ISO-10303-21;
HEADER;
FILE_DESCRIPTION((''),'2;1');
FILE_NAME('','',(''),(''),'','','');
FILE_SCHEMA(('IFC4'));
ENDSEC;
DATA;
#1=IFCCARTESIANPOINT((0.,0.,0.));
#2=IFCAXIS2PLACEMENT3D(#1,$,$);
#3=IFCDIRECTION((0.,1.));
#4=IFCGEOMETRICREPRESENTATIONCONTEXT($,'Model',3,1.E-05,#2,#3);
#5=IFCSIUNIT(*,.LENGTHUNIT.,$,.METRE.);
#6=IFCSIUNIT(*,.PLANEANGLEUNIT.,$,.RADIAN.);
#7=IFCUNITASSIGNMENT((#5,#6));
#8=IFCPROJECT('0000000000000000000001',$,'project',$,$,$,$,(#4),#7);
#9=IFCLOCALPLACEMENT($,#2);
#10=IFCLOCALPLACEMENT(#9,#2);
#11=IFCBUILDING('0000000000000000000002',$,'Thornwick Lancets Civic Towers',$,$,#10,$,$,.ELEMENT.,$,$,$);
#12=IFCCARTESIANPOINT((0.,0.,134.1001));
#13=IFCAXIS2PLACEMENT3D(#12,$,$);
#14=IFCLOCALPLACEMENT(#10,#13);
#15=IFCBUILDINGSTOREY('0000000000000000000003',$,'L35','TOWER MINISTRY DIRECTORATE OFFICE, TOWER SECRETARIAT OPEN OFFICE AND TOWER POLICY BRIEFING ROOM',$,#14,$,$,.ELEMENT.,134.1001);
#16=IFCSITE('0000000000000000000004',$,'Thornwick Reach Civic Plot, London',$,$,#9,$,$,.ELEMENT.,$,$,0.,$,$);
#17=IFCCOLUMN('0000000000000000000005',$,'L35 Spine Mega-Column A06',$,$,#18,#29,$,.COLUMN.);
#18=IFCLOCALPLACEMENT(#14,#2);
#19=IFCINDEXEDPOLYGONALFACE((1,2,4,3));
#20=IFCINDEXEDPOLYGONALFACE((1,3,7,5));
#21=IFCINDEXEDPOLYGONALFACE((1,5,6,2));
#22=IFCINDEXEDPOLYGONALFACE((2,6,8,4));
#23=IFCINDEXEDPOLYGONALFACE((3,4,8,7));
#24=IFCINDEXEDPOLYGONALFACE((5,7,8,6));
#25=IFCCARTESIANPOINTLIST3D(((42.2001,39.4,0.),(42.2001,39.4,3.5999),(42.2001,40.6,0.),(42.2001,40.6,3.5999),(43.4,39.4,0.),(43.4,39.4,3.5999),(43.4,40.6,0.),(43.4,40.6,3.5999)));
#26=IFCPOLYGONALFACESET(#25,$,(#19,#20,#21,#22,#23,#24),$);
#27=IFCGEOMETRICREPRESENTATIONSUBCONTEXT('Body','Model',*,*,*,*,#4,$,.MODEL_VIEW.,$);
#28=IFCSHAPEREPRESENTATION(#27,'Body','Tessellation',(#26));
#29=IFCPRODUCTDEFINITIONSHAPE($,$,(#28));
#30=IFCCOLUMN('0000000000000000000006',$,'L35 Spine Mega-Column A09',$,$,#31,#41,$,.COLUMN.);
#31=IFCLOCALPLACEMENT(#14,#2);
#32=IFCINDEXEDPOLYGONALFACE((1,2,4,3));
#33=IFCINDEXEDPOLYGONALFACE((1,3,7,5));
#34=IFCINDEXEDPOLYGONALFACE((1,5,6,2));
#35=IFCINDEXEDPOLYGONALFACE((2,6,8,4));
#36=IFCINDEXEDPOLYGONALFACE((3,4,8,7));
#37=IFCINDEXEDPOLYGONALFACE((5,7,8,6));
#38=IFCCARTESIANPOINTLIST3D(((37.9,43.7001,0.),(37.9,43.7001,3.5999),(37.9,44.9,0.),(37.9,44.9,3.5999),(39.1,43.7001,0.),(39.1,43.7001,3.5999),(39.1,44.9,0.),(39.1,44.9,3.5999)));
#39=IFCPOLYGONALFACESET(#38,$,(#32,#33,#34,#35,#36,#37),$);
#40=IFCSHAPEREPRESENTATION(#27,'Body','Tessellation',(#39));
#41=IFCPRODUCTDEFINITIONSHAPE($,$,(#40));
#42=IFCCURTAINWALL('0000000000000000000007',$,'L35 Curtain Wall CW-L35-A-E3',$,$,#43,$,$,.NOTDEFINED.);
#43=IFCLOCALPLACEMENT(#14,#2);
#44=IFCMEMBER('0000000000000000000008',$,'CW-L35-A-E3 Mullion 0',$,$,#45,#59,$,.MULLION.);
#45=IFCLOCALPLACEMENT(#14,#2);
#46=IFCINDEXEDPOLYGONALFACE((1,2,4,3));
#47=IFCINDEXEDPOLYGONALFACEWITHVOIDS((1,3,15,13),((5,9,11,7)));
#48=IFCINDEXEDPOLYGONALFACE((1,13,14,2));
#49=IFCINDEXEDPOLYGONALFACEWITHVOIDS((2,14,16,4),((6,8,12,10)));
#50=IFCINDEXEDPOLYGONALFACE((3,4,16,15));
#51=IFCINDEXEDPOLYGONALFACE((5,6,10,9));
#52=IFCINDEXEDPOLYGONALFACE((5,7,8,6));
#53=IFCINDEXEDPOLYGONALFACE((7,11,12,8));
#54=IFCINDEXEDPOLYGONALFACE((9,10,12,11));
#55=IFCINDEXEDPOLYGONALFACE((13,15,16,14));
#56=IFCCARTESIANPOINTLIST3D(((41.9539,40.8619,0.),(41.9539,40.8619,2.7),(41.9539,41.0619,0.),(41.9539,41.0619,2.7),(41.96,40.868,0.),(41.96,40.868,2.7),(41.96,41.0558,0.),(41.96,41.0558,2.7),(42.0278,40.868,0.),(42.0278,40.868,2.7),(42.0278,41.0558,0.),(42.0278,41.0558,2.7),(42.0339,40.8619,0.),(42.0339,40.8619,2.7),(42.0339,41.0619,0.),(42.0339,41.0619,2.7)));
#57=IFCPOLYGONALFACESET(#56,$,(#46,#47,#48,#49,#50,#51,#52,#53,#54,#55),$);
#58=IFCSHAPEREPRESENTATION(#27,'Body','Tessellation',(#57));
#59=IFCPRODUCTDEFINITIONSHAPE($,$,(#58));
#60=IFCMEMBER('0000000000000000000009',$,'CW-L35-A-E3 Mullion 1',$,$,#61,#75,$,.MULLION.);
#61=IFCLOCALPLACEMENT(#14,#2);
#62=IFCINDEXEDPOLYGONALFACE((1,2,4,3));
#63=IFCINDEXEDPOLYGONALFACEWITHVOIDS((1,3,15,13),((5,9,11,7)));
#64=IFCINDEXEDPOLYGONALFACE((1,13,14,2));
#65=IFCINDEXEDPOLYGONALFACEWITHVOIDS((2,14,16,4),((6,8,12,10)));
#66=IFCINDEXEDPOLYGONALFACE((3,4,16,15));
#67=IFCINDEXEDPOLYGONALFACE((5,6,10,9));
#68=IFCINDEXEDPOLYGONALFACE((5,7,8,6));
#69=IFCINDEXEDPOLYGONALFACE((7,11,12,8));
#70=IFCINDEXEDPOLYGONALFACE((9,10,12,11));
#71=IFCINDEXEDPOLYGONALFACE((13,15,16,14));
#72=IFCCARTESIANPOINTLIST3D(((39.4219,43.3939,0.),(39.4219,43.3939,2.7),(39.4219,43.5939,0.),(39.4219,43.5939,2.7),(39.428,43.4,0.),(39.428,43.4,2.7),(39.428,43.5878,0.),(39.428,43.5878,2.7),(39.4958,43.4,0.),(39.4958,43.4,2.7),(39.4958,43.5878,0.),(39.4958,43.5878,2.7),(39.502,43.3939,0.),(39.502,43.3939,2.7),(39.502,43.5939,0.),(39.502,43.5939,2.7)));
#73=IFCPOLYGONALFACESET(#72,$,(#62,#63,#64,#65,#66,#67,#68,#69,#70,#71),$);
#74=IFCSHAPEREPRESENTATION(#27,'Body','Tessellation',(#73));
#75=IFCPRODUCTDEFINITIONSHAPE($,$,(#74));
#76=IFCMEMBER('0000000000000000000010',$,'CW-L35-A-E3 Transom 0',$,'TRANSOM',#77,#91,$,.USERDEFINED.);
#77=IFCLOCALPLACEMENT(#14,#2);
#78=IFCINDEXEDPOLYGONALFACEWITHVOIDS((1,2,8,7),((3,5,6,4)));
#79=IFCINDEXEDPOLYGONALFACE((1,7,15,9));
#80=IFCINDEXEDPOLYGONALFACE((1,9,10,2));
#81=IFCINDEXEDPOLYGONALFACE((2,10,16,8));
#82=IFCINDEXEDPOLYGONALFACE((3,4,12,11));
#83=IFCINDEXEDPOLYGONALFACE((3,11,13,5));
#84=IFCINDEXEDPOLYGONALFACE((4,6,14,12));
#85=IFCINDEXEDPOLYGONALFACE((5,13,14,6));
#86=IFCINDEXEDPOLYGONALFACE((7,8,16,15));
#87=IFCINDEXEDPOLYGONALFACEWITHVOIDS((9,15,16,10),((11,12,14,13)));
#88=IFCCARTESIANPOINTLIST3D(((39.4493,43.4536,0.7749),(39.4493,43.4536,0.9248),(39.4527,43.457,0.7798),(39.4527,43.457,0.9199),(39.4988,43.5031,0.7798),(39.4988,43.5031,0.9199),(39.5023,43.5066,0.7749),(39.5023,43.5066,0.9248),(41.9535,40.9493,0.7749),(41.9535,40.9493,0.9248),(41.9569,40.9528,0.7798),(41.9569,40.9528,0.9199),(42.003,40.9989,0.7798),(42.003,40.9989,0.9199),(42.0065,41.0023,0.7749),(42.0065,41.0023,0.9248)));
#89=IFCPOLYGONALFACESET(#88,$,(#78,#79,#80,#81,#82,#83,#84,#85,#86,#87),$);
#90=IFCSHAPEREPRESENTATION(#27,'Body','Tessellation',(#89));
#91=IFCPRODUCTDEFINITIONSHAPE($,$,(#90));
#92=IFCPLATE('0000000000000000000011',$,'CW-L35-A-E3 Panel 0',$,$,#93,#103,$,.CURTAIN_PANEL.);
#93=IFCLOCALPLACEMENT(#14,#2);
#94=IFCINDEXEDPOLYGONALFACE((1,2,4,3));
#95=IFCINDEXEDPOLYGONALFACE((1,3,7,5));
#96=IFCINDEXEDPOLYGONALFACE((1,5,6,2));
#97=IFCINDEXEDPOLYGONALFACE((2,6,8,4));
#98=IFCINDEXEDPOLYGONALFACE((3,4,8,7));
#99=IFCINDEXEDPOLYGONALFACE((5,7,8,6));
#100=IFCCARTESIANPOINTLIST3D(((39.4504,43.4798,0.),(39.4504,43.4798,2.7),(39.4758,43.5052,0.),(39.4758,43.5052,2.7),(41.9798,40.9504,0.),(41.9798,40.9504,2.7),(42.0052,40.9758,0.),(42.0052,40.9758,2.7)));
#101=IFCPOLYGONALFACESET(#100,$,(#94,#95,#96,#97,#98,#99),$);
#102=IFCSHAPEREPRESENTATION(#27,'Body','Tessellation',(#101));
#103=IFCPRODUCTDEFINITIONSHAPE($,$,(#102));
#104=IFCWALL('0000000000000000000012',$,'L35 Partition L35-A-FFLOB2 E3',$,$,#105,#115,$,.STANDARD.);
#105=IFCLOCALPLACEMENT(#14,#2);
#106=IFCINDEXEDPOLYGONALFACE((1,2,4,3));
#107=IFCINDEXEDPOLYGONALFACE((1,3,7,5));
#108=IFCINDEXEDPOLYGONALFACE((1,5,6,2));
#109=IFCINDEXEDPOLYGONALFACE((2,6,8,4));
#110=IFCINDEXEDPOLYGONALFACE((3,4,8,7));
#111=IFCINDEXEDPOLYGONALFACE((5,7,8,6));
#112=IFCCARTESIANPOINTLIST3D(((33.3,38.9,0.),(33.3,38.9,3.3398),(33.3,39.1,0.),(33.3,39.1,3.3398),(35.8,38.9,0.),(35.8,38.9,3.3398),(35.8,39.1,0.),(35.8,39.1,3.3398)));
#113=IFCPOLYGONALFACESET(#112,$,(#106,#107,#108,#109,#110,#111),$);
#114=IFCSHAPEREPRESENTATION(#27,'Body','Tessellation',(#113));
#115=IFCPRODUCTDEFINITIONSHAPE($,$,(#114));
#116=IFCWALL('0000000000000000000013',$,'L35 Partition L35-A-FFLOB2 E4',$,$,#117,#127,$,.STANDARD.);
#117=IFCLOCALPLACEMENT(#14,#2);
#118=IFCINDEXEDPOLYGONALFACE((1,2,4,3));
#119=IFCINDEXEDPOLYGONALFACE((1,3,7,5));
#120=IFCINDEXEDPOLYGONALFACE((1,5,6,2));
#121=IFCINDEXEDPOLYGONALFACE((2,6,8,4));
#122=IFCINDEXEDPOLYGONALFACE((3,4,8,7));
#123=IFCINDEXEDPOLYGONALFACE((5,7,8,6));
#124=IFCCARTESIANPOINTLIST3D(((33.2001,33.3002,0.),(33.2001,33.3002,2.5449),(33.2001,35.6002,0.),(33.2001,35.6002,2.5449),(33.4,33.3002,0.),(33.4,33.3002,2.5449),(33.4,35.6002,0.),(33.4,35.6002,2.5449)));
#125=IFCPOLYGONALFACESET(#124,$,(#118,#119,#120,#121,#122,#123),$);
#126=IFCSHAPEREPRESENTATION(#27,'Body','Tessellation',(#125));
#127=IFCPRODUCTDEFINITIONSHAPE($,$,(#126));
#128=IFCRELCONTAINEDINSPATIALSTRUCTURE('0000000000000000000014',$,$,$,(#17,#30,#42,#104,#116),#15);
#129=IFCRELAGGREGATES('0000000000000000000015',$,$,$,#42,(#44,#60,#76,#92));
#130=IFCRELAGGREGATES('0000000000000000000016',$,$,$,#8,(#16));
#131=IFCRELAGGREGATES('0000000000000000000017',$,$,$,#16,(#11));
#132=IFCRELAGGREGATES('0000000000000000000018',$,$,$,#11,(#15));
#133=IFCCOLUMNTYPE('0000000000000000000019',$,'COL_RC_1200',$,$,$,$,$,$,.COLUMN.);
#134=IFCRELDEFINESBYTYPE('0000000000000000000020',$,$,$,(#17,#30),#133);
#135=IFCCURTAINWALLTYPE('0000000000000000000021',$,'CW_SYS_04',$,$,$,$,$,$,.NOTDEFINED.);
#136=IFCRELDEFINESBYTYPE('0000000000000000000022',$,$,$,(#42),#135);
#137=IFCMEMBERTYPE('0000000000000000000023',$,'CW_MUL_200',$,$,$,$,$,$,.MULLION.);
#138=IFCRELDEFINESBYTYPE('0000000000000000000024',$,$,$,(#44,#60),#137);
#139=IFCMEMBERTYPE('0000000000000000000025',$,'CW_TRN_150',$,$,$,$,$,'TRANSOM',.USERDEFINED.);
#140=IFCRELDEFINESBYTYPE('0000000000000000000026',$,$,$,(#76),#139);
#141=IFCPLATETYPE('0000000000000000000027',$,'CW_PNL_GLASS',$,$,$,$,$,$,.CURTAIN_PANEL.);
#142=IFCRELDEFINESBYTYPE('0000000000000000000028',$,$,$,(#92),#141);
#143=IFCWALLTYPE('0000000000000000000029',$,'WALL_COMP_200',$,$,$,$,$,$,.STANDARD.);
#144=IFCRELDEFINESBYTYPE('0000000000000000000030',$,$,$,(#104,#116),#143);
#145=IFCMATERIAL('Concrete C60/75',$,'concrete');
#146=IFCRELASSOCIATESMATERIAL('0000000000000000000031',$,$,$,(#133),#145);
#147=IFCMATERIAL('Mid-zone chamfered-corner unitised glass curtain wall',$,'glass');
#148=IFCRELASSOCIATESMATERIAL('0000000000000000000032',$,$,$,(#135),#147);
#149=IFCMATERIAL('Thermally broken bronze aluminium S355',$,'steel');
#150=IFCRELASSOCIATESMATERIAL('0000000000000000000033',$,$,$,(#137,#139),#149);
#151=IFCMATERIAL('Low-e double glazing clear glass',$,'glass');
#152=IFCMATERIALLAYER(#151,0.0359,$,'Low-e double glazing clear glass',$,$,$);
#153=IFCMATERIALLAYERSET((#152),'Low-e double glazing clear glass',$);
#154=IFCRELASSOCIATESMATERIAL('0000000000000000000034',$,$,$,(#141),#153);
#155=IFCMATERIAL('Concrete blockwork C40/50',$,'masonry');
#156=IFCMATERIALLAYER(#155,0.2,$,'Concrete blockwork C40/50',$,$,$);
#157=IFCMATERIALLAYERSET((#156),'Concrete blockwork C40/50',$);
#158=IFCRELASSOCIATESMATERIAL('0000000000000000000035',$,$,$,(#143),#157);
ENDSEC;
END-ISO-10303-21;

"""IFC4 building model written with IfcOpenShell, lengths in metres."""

from ifc_helpers import new_model, si_unit, direction, frame, frame_2d, origin, origin_2d, place, context, subcontext, project, spatial, rectangle, hollow_rectangle, extrude, material, layer, layer_set, material_profile, profile_set, type_object, element, aggregate, save


model = new_model("IFC4")

# Units and contexts
model_context = context("Model", 3, precision=1e-05, world=origin(), true_north=direction((0.0, 1.0)))
body_context = subcontext(model_context, "Body", "Model", "MODEL_VIEW")
ifc_project = project(units=[si_unit("LENGTHUNIT", "METRE"), si_unit("PLANEANGLEUNIT", "RADIAN")], contexts=[model_context])

# Site, building, storey
site_placement = place(None, origin())
site = spatial("IfcSite", under=ifc_project, at=site_placement, Name="Thornwick Reach Civic Plot, London", CompositionType="ELEMENT", RefElevation=0.0)
building_placement = place(site_placement, origin())
building = spatial("IfcBuilding", under=site, at=building_placement, Name="Thornwick Lancets Civic Towers", CompositionType="ELEMENT")
storey_placement = place(building_placement, frame((0.0, 0.0, 134.1001)))
storey = spatial("IfcBuildingStorey", under=building, at=storey_placement, Name="L35", Description="TOWER MINISTRY DIRECTORATE OFFICE, TOWER SECRETARIAT OPEN OFFICE AND TOWER POLICY BRIEFING ROOM", CompositionType="ELEMENT", Elevation=134.1001)

# Columns
ifc_material_1 = material(Name="Concrete C60/75", Category="concrete")
ifc_material_profile_1 = material_profile(ifc_material_1, rectangle(XDim=1.2, YDim=1.2, at=origin_2d()), Name="RC 1200x1200")
ifc_profile_set_1 = profile_set([ifc_material_profile_1], Name="Concrete C60/75")
column_type = type_object("IfcColumnType", Name="COL_RC_1200", PredefinedType="COLUMN", material=ifc_profile_set_1)
for number, where, z_axis, x_axis, name in (
    (1, (42.8, 40.0, 0.0), (0.0, 0.0, 1.0), (1.0, 0.0, 0.0), "L35 Spine Mega-Column A06"),
    (2, (38.5, 44.3, 0.0), (0.0, 0.0, 1.0), (1.0, 0.0, 0.0), "L35 Spine Mega-Column A09"),
):
    element("IfcColumn", number, at=place(storey_placement, frame(where, z_axis=z_axis, x_axis=x_axis)), inside=storey, type_object=column_type, Name=name, PredefinedType="COLUMN", context=body_context, shape_type="SweptSolid", body=[
        extrude(rectangle(XDim=1.2, YDim=1.2, at=origin_2d()), origin(), (0.0, 0.0, 1.0), 3.5999),
    ])

# Curtain wall, members, plate
ifc_material_2 = material(Name="Mid-zone chamfered-corner unitised glass curtain wall", Category="glass")
curtain_wall_type = type_object("IfcCurtainWallType", Name="CW_SYS_04", PredefinedType="NOTDEFINED", material=ifc_material_2)
curtain_wall_placement = place(storey_placement, origin())
curtain_wall = element("IfcCurtainWall", 3, at=curtain_wall_placement, inside=storey, type_object=curtain_wall_type, Name="L35 Curtain Wall CW-L35-A-E3", PredefinedType="NOTDEFINED")
ifc_material_3 = material(Name="Thermally broken bronze aluminium S355", Category="steel")
ifc_material_profile_2 = material_profile(ifc_material_3, hollow_rectangle(XDim=0.0801, YDim=0.2, WallThickness=0.0061, at=origin_2d()), Name="RHS 200x80x6")
ifc_profile_set_2 = profile_set([ifc_material_profile_2], Name="Thermally broken bronze aluminium S355")
member_type_1 = type_object("IfcMemberType", Name="CW_MUL_200", PredefinedType="MULLION", material=ifc_profile_set_2)
member_1_placement = place(storey_placement, frame((41.9939, 40.9619, 0.0), z_axis=(0.0, 0.0, 1.0), x_axis=(1.0, 0.0, 0.0)))
member_1 = element("IfcMember", 4, at=member_1_placement, type_object=member_type_1, Name="CW-L35-A-E3 Mullion 0", PredefinedType="MULLION", context=body_context, shape_type="SweptSolid", body=[
    extrude(hollow_rectangle(XDim=0.0801, YDim=0.2, WallThickness=0.0061, at=origin_2d()), origin(), (0.0, 0.0, 1.0), 2.7),
])
member_2_placement = place(storey_placement, frame((39.4619, 43.4939, 0.0), z_axis=(0.0, 0.0, 1.0), x_axis=(1.0, 0.0, 0.0)))
member_2 = element("IfcMember", 5, at=member_2_placement, type_object=member_type_1, Name="CW-L35-A-E3 Mullion 1", PredefinedType="MULLION", context=body_context, shape_type="SweptSolid", body=[
    extrude(hollow_rectangle(XDim=0.0801, YDim=0.2, WallThickness=0.0061, at=origin_2d()), origin(), (0.0, 0.0, 1.0), 2.7),
])
ifc_material_profile_3 = material_profile(ifc_material_3, hollow_rectangle(XDim=0.075, YDim=0.1499, WallThickness=0.0049, at=origin_2d()), Name="RHS 150x75x5")
ifc_profile_set_3 = profile_set([ifc_material_profile_3], Name="Thermally broken bronze aluminium S355")
member_type_2 = type_object("IfcMemberType", Name="CW_TRN_150", ElementType="TRANSOM", PredefinedType="USERDEFINED", material=ifc_profile_set_3)
member_3_placement = place(storey_placement, frame((41.98, 40.9758, 0.8499), z_axis=(-0.707107, 0.707107, 0.0), x_axis=(-0.707107, -0.707107, 0.0)))
member_3 = element("IfcMember", 6, at=member_3_placement, type_object=member_type_2, Name="CW-L35-A-E3 Transom 0", ObjectType="TRANSOM", PredefinedType="USERDEFINED", context=body_context, shape_type="SweptSolid", body=[
    extrude(hollow_rectangle(XDim=0.075, YDim=0.1499, WallThickness=0.0049, at=origin_2d()), origin(), (0.0, 0.0, 1.0), 3.5415),
])
ifc_material_4 = material(Name="Low-e double glazing clear glass", Category="glass")
ifc_layer_1 = layer(ifc_material_4, 0.0359, Name="Low-e double glazing clear glass")
ifc_layer_set_1 = layer_set([ifc_layer_1], Name="Low-e double glazing clear glass")
plate_type = type_object("IfcPlateType", Name="CW_PNL_GLASS", PredefinedType="CURTAIN_PANEL", material=ifc_layer_set_1)
plate_placement = place(storey_placement, frame((40.7278, 42.2278, 0.0), z_axis=(0.0, 0.0, 1.0), x_axis=(-0.707107, 0.707107, 0.0)))
plate = element("IfcPlate", 7, at=plate_placement, type_object=plate_type, Name="CW-L35-A-E3 Panel 0", PredefinedType="CURTAIN_PANEL", context=body_context, shape_type="SweptSolid", body=[
    extrude(rectangle(XDim=3.5771, YDim=0.0359, at=origin_2d()), origin(), (0.0, 0.0, 1.0), 2.7),
])
aggregate(curtain_wall, [member_1, member_2, member_3, plate])

# Walls
ifc_material_5 = material(Name="Concrete blockwork C40/50", Category="masonry")
ifc_layer_2 = layer(ifc_material_5, 0.2, Name="Concrete blockwork C40/50")
ifc_layer_set_2 = layer_set([ifc_layer_2], Name="Concrete blockwork C40/50")
wall_type_1 = type_object("IfcWallType", Name="WALL_COMP_200", PredefinedType="STANDARD", material=ifc_layer_set_2)
wall_1_placement = place(storey_placement, frame((35.8, 39.0, 0.0), z_axis=(0.0, 0.0, 1.0), x_axis=(-1.0, 0.0, 0.0)))
element("IfcWall", 8, at=wall_1_placement, inside=storey, type_object=wall_type_1, Name="L35 Partition L35-A-FFLOB2 E3", PredefinedType="STANDARD", context=body_context, shape_type="SweptSolid", body=[
    extrude(rectangle(XDim=2.5, YDim=0.2, at=frame_2d((1.25, 0.0))), origin(), (0.0, 0.0, 1.0), 3.3398),
])
wall_2_placement = place(storey_placement, frame((33.3, 35.6001, 0.0), z_axis=(0.0, 0.0, 1.0), x_axis=(0.0, -1.0, 0.0)))
element("IfcWall", 9, at=wall_2_placement, inside=storey, type_object=wall_type_1, Name="L35 Partition L35-A-FFLOB2 E4", PredefinedType="STANDARD", context=body_context, shape_type="SweptSolid", body=[
    extrude(rectangle(XDim=2.3, YDim=0.2, at=frame_2d((1.1499, 0.0))), origin(), (0.0, 0.0, 1.0), 2.5449),
])

save(model, "model.ifc")
